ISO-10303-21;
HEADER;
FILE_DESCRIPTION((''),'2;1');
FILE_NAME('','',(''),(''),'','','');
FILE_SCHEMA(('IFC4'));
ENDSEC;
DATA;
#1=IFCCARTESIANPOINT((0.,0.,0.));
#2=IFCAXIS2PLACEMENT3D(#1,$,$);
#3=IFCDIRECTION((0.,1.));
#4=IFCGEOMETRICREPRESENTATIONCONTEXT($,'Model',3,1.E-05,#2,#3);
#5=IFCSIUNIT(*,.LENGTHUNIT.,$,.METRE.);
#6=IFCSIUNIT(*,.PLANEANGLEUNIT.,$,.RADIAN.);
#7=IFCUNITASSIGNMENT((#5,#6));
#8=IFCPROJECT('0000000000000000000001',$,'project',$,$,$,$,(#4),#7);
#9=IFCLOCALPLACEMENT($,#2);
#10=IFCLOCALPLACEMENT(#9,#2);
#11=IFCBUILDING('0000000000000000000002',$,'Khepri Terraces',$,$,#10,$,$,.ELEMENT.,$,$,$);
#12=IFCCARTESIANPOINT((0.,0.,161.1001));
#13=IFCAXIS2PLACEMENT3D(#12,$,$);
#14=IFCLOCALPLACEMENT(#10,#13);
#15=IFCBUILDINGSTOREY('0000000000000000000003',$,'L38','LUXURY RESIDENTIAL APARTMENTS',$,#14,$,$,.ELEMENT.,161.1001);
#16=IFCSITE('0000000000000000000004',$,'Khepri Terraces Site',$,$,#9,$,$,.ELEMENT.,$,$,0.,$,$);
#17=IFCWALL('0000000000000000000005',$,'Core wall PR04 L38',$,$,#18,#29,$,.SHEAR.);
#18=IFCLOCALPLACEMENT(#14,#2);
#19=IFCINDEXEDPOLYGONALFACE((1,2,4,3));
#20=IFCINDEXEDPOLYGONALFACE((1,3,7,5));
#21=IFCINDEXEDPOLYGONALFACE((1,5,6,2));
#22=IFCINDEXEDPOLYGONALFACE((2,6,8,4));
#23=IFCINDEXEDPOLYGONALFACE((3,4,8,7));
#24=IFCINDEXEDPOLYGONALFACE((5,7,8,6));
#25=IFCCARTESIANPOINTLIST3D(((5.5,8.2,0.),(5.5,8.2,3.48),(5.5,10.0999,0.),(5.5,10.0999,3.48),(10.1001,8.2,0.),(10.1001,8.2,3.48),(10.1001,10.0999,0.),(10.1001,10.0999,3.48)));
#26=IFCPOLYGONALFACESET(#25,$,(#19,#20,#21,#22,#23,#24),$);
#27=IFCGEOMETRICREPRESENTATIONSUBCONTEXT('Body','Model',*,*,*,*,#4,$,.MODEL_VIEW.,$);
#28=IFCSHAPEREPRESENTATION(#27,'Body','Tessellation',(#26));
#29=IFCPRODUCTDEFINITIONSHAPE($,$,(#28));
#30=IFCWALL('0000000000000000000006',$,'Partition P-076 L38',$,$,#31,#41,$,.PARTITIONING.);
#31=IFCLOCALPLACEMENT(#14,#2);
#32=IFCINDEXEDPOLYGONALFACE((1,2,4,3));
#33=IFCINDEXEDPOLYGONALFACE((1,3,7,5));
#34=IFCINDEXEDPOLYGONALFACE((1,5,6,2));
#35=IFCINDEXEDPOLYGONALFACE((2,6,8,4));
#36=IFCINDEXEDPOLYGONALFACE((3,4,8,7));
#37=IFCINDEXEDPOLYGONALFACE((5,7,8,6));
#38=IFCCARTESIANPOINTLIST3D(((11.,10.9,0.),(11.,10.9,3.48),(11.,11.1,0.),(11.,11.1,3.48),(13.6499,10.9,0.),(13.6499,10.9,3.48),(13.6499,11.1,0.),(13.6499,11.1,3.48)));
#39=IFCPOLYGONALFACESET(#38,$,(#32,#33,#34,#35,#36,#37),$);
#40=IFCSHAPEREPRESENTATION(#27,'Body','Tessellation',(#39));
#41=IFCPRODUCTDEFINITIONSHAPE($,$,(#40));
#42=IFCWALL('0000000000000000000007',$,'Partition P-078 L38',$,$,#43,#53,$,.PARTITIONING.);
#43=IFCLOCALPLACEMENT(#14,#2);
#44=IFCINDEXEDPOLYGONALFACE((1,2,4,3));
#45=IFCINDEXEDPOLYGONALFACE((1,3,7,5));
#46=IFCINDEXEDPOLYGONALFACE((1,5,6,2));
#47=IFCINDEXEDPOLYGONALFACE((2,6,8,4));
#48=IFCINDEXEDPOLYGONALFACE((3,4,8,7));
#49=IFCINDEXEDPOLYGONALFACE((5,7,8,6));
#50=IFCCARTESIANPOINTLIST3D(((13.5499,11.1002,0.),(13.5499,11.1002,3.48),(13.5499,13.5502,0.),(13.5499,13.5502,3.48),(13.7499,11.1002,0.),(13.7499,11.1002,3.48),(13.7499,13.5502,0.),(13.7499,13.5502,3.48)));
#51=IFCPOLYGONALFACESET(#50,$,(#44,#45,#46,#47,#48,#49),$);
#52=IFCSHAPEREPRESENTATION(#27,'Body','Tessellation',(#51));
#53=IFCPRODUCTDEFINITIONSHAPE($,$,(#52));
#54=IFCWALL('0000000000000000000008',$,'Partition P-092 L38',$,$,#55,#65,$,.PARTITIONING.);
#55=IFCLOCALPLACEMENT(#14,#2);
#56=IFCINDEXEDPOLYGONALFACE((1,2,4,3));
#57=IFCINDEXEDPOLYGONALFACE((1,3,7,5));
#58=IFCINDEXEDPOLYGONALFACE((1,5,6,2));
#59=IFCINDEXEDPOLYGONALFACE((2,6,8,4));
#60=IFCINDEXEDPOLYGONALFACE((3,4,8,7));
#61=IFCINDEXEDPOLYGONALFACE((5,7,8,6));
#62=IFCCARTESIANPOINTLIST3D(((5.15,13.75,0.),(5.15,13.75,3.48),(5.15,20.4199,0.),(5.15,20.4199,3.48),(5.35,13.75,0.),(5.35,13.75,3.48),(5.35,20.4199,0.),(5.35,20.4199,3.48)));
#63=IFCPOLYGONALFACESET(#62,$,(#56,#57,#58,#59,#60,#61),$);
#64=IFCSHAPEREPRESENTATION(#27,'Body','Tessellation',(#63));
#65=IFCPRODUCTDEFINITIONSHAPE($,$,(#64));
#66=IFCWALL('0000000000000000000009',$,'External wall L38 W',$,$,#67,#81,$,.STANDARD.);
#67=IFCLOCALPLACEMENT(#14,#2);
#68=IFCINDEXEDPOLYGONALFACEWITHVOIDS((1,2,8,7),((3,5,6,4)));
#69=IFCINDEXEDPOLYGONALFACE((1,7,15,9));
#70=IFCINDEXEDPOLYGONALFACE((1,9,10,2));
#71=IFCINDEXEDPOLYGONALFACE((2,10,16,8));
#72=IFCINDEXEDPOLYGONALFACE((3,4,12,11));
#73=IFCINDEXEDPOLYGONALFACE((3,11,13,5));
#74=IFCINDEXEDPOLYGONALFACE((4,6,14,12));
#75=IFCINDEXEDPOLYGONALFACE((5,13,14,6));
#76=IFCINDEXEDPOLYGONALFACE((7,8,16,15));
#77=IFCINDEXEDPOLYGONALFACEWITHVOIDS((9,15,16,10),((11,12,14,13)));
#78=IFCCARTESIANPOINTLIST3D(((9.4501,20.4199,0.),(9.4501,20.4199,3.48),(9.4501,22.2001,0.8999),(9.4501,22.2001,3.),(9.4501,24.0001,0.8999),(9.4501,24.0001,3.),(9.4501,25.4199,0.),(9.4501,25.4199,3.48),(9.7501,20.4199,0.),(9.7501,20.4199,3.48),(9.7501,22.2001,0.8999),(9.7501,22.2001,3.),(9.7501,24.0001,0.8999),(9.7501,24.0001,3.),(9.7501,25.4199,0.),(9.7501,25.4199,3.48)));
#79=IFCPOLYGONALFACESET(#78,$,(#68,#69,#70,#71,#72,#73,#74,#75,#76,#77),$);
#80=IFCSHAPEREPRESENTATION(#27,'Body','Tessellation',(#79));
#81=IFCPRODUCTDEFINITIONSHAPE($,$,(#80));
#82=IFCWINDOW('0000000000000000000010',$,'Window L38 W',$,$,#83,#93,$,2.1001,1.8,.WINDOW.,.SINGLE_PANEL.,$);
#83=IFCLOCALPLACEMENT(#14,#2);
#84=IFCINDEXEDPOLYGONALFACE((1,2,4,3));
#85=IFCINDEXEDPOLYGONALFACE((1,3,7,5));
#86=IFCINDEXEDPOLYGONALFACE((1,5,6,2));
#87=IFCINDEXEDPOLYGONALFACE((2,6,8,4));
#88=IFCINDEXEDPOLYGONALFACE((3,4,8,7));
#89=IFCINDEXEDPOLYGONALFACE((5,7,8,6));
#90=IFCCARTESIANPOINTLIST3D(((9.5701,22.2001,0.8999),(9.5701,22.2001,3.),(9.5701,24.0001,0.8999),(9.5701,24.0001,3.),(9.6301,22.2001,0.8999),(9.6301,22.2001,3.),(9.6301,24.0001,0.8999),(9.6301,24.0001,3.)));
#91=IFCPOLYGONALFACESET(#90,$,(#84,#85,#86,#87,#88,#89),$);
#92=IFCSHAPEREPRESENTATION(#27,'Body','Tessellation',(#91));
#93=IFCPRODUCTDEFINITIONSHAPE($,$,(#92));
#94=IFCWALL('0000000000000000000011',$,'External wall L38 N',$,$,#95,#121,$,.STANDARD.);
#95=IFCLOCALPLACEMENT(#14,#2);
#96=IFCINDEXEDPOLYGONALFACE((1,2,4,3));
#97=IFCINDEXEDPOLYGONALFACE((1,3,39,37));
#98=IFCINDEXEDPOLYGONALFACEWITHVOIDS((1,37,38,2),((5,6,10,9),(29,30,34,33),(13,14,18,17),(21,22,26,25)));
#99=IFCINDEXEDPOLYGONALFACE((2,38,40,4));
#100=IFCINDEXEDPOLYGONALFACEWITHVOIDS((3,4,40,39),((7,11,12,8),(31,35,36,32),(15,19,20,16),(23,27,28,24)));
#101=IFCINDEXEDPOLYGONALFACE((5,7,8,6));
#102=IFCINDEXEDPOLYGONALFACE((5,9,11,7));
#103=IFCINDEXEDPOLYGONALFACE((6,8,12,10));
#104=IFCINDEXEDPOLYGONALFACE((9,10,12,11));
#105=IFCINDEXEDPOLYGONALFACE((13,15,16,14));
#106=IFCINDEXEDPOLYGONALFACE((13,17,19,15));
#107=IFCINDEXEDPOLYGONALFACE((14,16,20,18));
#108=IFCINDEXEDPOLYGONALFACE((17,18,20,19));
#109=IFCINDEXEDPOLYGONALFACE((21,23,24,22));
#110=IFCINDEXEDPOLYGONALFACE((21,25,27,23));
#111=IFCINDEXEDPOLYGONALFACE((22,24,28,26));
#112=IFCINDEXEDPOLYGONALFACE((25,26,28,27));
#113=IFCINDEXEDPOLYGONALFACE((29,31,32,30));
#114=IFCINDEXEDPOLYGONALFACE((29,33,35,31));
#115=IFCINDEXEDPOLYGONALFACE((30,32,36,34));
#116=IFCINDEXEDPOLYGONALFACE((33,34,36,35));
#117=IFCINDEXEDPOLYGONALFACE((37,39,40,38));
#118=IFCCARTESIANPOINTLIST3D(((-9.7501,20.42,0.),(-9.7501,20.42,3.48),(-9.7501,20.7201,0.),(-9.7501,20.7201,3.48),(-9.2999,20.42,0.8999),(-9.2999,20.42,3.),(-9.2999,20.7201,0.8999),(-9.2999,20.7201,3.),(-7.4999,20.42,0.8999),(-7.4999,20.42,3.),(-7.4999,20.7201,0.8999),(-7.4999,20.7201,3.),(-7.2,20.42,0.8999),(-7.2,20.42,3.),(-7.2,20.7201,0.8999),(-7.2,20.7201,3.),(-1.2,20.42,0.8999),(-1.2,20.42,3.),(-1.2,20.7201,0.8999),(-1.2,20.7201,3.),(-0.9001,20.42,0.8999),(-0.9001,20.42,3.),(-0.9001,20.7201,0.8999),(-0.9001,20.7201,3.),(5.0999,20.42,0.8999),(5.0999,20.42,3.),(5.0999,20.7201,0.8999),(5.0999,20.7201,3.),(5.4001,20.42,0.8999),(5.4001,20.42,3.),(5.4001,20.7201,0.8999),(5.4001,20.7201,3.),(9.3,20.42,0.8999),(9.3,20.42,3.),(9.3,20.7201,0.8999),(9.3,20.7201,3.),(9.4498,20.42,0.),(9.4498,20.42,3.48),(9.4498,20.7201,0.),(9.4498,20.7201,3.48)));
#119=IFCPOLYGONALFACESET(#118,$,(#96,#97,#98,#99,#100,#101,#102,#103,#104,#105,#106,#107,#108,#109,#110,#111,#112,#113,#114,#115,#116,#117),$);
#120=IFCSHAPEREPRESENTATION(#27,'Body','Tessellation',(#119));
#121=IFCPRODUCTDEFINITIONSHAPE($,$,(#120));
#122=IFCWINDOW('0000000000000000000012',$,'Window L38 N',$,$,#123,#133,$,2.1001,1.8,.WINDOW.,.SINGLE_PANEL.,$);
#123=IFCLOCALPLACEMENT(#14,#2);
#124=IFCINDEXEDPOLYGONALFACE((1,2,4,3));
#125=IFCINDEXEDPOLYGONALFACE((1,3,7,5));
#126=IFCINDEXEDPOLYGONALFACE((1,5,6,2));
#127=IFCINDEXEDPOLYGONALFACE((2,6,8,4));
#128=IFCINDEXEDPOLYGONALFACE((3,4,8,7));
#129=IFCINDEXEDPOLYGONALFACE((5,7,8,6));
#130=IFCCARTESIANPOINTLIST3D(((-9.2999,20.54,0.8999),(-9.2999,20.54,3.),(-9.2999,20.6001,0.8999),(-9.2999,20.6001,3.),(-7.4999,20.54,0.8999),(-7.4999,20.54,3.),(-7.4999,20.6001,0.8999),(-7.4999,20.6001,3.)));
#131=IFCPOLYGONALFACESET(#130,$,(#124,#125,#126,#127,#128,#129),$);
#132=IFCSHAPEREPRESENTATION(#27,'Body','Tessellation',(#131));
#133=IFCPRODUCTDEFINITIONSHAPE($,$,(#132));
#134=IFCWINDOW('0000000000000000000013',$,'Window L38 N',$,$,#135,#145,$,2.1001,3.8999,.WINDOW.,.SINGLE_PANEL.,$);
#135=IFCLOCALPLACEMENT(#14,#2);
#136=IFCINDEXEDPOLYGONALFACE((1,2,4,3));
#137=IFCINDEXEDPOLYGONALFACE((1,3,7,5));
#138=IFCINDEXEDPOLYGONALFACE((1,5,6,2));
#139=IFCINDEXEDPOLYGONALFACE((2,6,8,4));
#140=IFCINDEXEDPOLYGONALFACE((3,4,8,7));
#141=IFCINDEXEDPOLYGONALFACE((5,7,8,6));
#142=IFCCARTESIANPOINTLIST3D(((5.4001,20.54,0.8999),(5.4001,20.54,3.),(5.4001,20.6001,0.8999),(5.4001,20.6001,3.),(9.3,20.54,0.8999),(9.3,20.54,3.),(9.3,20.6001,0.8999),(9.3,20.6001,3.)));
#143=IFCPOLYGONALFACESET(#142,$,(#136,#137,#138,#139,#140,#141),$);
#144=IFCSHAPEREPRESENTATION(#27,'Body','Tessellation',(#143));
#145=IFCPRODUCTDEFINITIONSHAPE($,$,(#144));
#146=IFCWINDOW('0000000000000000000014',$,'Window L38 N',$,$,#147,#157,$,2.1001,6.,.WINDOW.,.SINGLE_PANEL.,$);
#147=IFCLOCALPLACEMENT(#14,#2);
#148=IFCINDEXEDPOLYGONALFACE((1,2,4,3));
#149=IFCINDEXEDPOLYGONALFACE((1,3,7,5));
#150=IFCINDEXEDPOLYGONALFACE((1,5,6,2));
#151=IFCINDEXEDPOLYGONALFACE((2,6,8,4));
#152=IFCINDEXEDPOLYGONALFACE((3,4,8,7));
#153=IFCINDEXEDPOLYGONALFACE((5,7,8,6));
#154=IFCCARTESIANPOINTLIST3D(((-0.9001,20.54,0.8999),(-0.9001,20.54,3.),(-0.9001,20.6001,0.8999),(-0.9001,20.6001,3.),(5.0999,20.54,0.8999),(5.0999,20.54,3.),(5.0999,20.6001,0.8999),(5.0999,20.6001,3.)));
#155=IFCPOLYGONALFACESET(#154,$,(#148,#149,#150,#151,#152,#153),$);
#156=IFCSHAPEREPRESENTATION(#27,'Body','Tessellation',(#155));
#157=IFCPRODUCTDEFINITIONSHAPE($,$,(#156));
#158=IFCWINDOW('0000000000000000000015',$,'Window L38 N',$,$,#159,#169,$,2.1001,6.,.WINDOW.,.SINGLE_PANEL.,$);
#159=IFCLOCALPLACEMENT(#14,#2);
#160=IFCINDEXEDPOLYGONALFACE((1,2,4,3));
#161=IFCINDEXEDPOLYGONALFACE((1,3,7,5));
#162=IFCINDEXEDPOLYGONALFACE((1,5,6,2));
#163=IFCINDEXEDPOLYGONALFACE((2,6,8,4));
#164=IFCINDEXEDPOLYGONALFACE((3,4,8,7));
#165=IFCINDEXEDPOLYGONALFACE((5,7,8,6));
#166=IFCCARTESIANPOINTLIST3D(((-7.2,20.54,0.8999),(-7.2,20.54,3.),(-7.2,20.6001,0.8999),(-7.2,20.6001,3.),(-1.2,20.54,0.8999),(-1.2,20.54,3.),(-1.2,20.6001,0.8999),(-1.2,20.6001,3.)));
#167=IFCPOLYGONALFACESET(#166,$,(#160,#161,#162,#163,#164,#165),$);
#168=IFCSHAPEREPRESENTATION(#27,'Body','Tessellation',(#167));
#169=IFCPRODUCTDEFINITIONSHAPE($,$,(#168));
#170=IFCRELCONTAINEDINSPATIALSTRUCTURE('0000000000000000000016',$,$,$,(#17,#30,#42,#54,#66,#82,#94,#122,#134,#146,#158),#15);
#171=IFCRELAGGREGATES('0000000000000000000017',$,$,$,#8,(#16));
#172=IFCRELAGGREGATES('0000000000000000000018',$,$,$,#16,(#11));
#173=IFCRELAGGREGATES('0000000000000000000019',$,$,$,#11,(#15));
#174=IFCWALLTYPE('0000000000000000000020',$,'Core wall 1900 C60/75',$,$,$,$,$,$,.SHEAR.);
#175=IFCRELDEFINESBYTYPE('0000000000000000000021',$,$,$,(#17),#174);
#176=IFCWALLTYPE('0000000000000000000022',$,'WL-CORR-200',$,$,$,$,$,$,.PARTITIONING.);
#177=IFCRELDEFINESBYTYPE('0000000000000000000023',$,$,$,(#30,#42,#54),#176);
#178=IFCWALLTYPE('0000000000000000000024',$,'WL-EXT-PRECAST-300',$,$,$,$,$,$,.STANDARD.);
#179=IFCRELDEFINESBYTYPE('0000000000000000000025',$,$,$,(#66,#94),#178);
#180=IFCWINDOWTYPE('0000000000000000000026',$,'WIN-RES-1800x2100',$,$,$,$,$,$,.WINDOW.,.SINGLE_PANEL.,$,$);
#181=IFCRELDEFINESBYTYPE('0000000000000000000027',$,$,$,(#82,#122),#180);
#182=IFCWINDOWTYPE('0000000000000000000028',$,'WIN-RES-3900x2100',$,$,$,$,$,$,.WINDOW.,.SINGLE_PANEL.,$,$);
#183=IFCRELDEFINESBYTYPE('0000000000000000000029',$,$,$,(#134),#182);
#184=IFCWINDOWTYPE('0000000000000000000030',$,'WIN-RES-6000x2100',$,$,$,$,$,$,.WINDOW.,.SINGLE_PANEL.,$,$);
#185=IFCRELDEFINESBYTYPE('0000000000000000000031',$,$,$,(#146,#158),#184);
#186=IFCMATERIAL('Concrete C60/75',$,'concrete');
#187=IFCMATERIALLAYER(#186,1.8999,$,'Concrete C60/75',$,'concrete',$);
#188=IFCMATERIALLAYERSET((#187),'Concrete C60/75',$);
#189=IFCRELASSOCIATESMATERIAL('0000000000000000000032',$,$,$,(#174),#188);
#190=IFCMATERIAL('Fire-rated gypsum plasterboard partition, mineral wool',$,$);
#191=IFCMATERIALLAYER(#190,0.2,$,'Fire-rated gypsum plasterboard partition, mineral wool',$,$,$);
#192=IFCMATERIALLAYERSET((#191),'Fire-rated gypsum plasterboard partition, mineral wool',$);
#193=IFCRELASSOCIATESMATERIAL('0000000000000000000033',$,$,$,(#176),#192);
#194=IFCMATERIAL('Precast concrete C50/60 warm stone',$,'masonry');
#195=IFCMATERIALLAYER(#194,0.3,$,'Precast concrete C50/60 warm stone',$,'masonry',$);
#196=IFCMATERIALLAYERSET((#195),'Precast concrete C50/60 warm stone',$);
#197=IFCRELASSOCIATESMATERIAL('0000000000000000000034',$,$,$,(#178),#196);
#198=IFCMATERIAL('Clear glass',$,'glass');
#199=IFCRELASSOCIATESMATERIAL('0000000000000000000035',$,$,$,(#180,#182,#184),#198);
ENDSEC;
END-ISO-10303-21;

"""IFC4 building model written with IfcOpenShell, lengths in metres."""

from ifc_helpers import new_model, si_unit, direction, frame, frame_2d, origin, place, context, subcontext, project, spatial, rectangle, extrude, material, layer, layer_set, type_object, element, fill, save


model = new_model("IFC4")

# Units and contexts
model_context = context("Model", 3, precision=1e-05, world=origin(), true_north=direction((0.0, 1.0)))
body_context = subcontext(model_context, "Body", "Model", "MODEL_VIEW")
ifc_project = project(units=[si_unit("LENGTHUNIT", "METRE"), si_unit("PLANEANGLEUNIT", "RADIAN")], contexts=[model_context])

# Site, building, storey
site_placement = place(None, origin())
site = spatial("IfcSite", under=ifc_project, at=site_placement, Name="Khepri Terraces Site", CompositionType="ELEMENT", RefElevation=0.0)
building_placement = place(site_placement, origin())
building = spatial("IfcBuilding", under=site, at=building_placement, Name="Khepri Terraces", CompositionType="ELEMENT")
storey_placement = place(building_placement, frame((0.0, 0.0, 161.1001)))
storey = spatial("IfcBuildingStorey", under=building, at=storey_placement, Name="L38", Description="LUXURY RESIDENTIAL APARTMENTS", CompositionType="ELEMENT", Elevation=161.1001)

# Walls
ifc_material_1 = material(Name="Concrete C60/75", Category="concrete")
ifc_layer_1 = layer(ifc_material_1, 1.8999, Name="Concrete C60/75", Category="concrete")
ifc_layer_set_1 = layer_set([ifc_layer_1], Name="Concrete C60/75")
wall_type_1 = type_object("IfcWallType", Name="Core wall 1900 C60/75", PredefinedType="SHEAR", material=ifc_layer_set_1)
wall_1_placement = place(storey_placement, frame((5.5, 9.1499, 0.0), z_axis=(0.0, 0.0, 1.0), x_axis=(1.0, 0.0, 0.0)))
element("IfcWall", 1, at=wall_1_placement, inside=storey, type_object=wall_type_1, Name="Core wall PR04 L38", PredefinedType="SHEAR", context=body_context, shape_type="SweptSolid", body=[
    extrude(rectangle(XDim=4.6001, YDim=1.8999, at=frame_2d((2.3, 0.0))), origin(), (0.0, 0.0, 1.0), 3.48),
])
ifc_material_2 = material(Name="Fire-rated gypsum plasterboard partition, mineral wool")
ifc_layer_2 = layer(ifc_material_2, 0.2, Name="Fire-rated gypsum plasterboard partition, mineral wool")
ifc_layer_set_2 = layer_set([ifc_layer_2], Name="Fire-rated gypsum plasterboard partition, mineral wool")
wall_type_2 = type_object("IfcWallType", Name="WL-CORR-200", PredefinedType="PARTITIONING", material=ifc_layer_set_2)
wall_2_placement = place(storey_placement, frame((11.0, 11.0, 0.0), z_axis=(0.0, 0.0, 1.0), x_axis=(1.0, 0.0, 0.0)))
element("IfcWall", 2, at=wall_2_placement, inside=storey, type_object=wall_type_2, Name="Partition P-076 L38", PredefinedType="PARTITIONING", context=body_context, shape_type="SweptSolid", body=[
    extrude(rectangle(XDim=2.6499, YDim=0.2, at=frame_2d((1.325, 0.0))), origin(), (0.0, 0.0, 1.0), 3.48),
])
wall_3_placement = place(storey_placement, frame((13.6499, 11.1001, 0.0), z_axis=(0.0, 0.0, 1.0), x_axis=(0.0, 1.0, 0.0)))
element("IfcWall", 3, at=wall_3_placement, inside=storey, type_object=wall_type_2, Name="Partition P-078 L38", PredefinedType="PARTITIONING", context=body_context, shape_type="SweptSolid", body=[
    extrude(rectangle(XDim=2.45, YDim=0.2, at=frame_2d((1.2251, 0.0))), origin(), (0.0, 0.0, 1.0), 3.48),
])
wall_4_placement = place(storey_placement, frame((5.25, 13.75, 0.0), z_axis=(0.0, 0.0, 1.0), x_axis=(0.0, 1.0, 0.0)))
element("IfcWall", 4, at=wall_4_placement, inside=storey, type_object=wall_type_2, Name="Partition P-092 L38", PredefinedType="PARTITIONING", context=body_context, shape_type="SweptSolid", body=[
    extrude(rectangle(XDim=6.6699, YDim=0.2, at=frame_2d((3.335, 0.0))), origin(), (0.0, 0.0, 1.0), 3.48),
])

# Wall, opening, window
ifc_material_3 = material(Name="Precast concrete C50/60 warm stone", Category="masonry")
ifc_layer_3 = layer(ifc_material_3, 0.3, Name="Precast concrete C50/60 warm stone", Category="masonry")
ifc_layer_set_3 = layer_set([ifc_layer_3], Name="Precast concrete C50/60 warm stone")
wall_type_3 = type_object("IfcWallType", Name="WL-EXT-PRECAST-300", PredefinedType="STANDARD", material=ifc_layer_set_3)
wall_5_placement = place(storey_placement, frame((9.6001, 25.4199, 0.0), z_axis=(0.0, 0.0, 1.0), x_axis=(0.0, -1.0, 0.0)))
wall_5 = element("IfcWall", 5, at=wall_5_placement, inside=storey, type_object=wall_type_3, Name="External wall L38 W", PredefinedType="STANDARD", context=body_context, shape_type="SweptSolid", body=[
    extrude(rectangle(XDim=5.0, YDim=0.3, at=frame_2d((2.5, 0.0))), origin(), (0.0, 0.0, 1.0), 3.48),
])
opening_1_placement = place(wall_5_placement, frame((1.4199, 0.0, 0.8999)))
opening_1 = element("IfcOpeningElement", 6, at=opening_1_placement, cuts=wall_5, PredefinedType="OPENING", context=body_context, shape_type="SweptSolid", body=[
    extrude(rectangle(XDim=1.8, YDim=2.1001, at=frame_2d((0.8999, 1.05))), frame((0.0, 0.1602, 0.0), z_axis=(0.0, -1.0, 0.0), x_axis=(1.0, 0.0, 0.0)), (0.0, 0.0, 1.0), 0.3201),
])
ifc_material_4 = material(Name="Clear glass", Category="glass")
window_type_1 = type_object("IfcWindowType", Name="WIN-RES-1800x2100", PartitioningType="SINGLE_PANEL", PredefinedType="WINDOW", material=ifc_material_4)
window_1_placement = place(opening_1_placement, origin())
window_1 = element("IfcWindow", 7, at=window_1_placement, inside=storey, type_object=window_type_1, Name="Window L38 W", OverallHeight=2.1001, OverallWidth=1.8, PartitioningType="SINGLE_PANEL", PredefinedType="WINDOW", context=body_context, shape_type="SweptSolid", body=[
    extrude(rectangle(XDim=1.8, YDim=2.1001, at=frame_2d((0.8999, 1.05))), frame((0.0, 0.03, 0.0), z_axis=(0.0, -1.0, 0.0), x_axis=(1.0, 0.0, 0.0)), (0.0, 0.0, 1.0), 0.0601),
])
fill(opening_1, window_1)

# Wall, openings, windows
wall_6_placement = place(storey_placement, frame((9.45, 20.5701, 0.0), z_axis=(0.0, 0.0, 1.0), x_axis=(-1.0, 0.0, 0.0)))
wall_6 = element("IfcWall", 8, at=wall_6_placement, inside=storey, type_object=wall_type_3, Name="External wall L38 N", PredefinedType="STANDARD", context=body_context, shape_type="SweptSolid", body=[
    extrude(rectangle(XDim=19.2, YDim=0.3, at=frame_2d((9.6001, 0.0))), origin(), (0.0, 0.0, 1.0), 3.48),
])
opening_2_placement = place(wall_6_placement, frame((0.1499, 0.0, 0.8999)))
opening_2 = element("IfcOpeningElement", 9, at=opening_2_placement, cuts=wall_6, PredefinedType="OPENING", context=body_context, shape_type="SweptSolid", body=[
    extrude(rectangle(XDim=3.8999, YDim=2.1001, at=frame_2d((1.95, 1.05))), frame((0.0, 0.1602, 0.0), z_axis=(0.0, -1.0, 0.0), x_axis=(1.0, 0.0, 0.0)), (0.0, 0.0, 1.0), 0.3201),
])
opening_3_placement = place(wall_6_placement, frame((4.3501, 0.0, 0.8999)))
opening_3 = element("IfcOpeningElement", 10, at=opening_3_placement, cuts=wall_6, PredefinedType="OPENING", context=body_context, shape_type="SweptSolid", body=[
    extrude(rectangle(XDim=6.0, YDim=2.1001, at=frame_2d((3.0, 1.05))), frame((0.0, 0.1602, 0.0), z_axis=(0.0, -1.0, 0.0), x_axis=(1.0, 0.0, 0.0)), (0.0, 0.0, 1.0), 0.3201),
])
opening_4_placement = place(wall_6_placement, frame((10.6499, 0.0, 0.8999)))
opening_4 = element("IfcOpeningElement", 11, at=opening_4_placement, cuts=wall_6, PredefinedType="OPENING", context=body_context, shape_type="SweptSolid", body=[
    extrude(rectangle(XDim=6.0, YDim=2.1001, at=frame_2d((3.0, 1.05))), frame((0.0, 0.1602, 0.0), z_axis=(0.0, -1.0, 0.0), x_axis=(1.0, 0.0, 0.0)), (0.0, 0.0, 1.0), 0.3201),
])
opening_5_placement = place(wall_6_placement, frame((16.95, 0.0, 0.8999)))
opening_5 = element("IfcOpeningElement", 12, at=opening_5_placement, cuts=wall_6, PredefinedType="OPENING", context=body_context, shape_type="SweptSolid", body=[
    extrude(rectangle(XDim=1.8, YDim=2.1001, at=frame_2d((0.8999, 1.05))), frame((0.0, 0.1602, 0.0), z_axis=(0.0, -1.0, 0.0), x_axis=(1.0, 0.0, 0.0)), (0.0, 0.0, 1.0), 0.3201),
])
window_2_placement = place(opening_5_placement, origin())
window_2 = element("IfcWindow", 13, at=window_2_placement, inside=storey, type_object=window_type_1, Name="Window L38 N", OverallHeight=2.1001, OverallWidth=1.8, PartitioningType="SINGLE_PANEL", PredefinedType="WINDOW", context=body_context, shape_type="SweptSolid", body=[
    extrude(rectangle(XDim=1.8, YDim=2.1001, at=frame_2d((0.8999, 1.05))), frame((0.0, 0.03, 0.0), z_axis=(0.0, -1.0, 0.0), x_axis=(1.0, 0.0, 0.0)), (0.0, 0.0, 1.0), 0.0601),
])
fill(opening_5, window_2)
window_type_2 = type_object("IfcWindowType", Name="WIN-RES-3900x2100", PartitioningType="SINGLE_PANEL", PredefinedType="WINDOW", material=ifc_material_4)
window_3_placement = place(opening_2_placement, origin())
window_3 = element("IfcWindow", 14, at=window_3_placement, inside=storey, type_object=window_type_2, Name="Window L38 N", OverallHeight=2.1001, OverallWidth=3.8999, PartitioningType="SINGLE_PANEL", PredefinedType="WINDOW", context=body_context, shape_type="SweptSolid", body=[
    extrude(rectangle(XDim=3.8999, YDim=2.1001, at=frame_2d((1.95, 1.05))), frame((0.0, 0.03, 0.0), z_axis=(0.0, -1.0, 0.0), x_axis=(1.0, 0.0, 0.0)), (0.0, 0.0, 1.0), 0.0601),
])
fill(opening_2, window_3)
window_type_3 = type_object("IfcWindowType", Name="WIN-RES-6000x2100", PartitioningType="SINGLE_PANEL", PredefinedType="WINDOW", material=ifc_material_4)
window_4_placement = place(opening_3_placement, origin())
window_4 = element("IfcWindow", 15, at=window_4_placement, inside=storey, type_object=window_type_3, Name="Window L38 N", OverallHeight=2.1001, OverallWidth=6.0, PartitioningType="SINGLE_PANEL", PredefinedType="WINDOW", context=body_context, shape_type="SweptSolid", body=[
    extrude(rectangle(XDim=6.0, YDim=2.1001, at=frame_2d((3.0, 1.05))), frame((0.0, 0.03, 0.0), z_axis=(0.0, -1.0, 0.0), x_axis=(1.0, 0.0, 0.0)), (0.0, 0.0, 1.0), 0.0601),
])
fill(opening_3, window_4)
window_5_placement = place(opening_4_placement, origin())
window_5 = element("IfcWindow", 16, at=window_5_placement, inside=storey, type_object=window_type_3, Name="Window L38 N", OverallHeight=2.1001, OverallWidth=6.0, PartitioningType="SINGLE_PANEL", PredefinedType="WINDOW", context=body_context, shape_type="SweptSolid", body=[
    extrude(rectangle(XDim=6.0, YDim=2.1001, at=frame_2d((3.0, 1.05))), frame((0.0, 0.03, 0.0), z_axis=(0.0, -1.0, 0.0), x_axis=(1.0, 0.0, 0.0)), (0.0, 0.0, 1.0), 0.0601),
])
fill(opening_4, window_5)

save(model, "model.ifc")
